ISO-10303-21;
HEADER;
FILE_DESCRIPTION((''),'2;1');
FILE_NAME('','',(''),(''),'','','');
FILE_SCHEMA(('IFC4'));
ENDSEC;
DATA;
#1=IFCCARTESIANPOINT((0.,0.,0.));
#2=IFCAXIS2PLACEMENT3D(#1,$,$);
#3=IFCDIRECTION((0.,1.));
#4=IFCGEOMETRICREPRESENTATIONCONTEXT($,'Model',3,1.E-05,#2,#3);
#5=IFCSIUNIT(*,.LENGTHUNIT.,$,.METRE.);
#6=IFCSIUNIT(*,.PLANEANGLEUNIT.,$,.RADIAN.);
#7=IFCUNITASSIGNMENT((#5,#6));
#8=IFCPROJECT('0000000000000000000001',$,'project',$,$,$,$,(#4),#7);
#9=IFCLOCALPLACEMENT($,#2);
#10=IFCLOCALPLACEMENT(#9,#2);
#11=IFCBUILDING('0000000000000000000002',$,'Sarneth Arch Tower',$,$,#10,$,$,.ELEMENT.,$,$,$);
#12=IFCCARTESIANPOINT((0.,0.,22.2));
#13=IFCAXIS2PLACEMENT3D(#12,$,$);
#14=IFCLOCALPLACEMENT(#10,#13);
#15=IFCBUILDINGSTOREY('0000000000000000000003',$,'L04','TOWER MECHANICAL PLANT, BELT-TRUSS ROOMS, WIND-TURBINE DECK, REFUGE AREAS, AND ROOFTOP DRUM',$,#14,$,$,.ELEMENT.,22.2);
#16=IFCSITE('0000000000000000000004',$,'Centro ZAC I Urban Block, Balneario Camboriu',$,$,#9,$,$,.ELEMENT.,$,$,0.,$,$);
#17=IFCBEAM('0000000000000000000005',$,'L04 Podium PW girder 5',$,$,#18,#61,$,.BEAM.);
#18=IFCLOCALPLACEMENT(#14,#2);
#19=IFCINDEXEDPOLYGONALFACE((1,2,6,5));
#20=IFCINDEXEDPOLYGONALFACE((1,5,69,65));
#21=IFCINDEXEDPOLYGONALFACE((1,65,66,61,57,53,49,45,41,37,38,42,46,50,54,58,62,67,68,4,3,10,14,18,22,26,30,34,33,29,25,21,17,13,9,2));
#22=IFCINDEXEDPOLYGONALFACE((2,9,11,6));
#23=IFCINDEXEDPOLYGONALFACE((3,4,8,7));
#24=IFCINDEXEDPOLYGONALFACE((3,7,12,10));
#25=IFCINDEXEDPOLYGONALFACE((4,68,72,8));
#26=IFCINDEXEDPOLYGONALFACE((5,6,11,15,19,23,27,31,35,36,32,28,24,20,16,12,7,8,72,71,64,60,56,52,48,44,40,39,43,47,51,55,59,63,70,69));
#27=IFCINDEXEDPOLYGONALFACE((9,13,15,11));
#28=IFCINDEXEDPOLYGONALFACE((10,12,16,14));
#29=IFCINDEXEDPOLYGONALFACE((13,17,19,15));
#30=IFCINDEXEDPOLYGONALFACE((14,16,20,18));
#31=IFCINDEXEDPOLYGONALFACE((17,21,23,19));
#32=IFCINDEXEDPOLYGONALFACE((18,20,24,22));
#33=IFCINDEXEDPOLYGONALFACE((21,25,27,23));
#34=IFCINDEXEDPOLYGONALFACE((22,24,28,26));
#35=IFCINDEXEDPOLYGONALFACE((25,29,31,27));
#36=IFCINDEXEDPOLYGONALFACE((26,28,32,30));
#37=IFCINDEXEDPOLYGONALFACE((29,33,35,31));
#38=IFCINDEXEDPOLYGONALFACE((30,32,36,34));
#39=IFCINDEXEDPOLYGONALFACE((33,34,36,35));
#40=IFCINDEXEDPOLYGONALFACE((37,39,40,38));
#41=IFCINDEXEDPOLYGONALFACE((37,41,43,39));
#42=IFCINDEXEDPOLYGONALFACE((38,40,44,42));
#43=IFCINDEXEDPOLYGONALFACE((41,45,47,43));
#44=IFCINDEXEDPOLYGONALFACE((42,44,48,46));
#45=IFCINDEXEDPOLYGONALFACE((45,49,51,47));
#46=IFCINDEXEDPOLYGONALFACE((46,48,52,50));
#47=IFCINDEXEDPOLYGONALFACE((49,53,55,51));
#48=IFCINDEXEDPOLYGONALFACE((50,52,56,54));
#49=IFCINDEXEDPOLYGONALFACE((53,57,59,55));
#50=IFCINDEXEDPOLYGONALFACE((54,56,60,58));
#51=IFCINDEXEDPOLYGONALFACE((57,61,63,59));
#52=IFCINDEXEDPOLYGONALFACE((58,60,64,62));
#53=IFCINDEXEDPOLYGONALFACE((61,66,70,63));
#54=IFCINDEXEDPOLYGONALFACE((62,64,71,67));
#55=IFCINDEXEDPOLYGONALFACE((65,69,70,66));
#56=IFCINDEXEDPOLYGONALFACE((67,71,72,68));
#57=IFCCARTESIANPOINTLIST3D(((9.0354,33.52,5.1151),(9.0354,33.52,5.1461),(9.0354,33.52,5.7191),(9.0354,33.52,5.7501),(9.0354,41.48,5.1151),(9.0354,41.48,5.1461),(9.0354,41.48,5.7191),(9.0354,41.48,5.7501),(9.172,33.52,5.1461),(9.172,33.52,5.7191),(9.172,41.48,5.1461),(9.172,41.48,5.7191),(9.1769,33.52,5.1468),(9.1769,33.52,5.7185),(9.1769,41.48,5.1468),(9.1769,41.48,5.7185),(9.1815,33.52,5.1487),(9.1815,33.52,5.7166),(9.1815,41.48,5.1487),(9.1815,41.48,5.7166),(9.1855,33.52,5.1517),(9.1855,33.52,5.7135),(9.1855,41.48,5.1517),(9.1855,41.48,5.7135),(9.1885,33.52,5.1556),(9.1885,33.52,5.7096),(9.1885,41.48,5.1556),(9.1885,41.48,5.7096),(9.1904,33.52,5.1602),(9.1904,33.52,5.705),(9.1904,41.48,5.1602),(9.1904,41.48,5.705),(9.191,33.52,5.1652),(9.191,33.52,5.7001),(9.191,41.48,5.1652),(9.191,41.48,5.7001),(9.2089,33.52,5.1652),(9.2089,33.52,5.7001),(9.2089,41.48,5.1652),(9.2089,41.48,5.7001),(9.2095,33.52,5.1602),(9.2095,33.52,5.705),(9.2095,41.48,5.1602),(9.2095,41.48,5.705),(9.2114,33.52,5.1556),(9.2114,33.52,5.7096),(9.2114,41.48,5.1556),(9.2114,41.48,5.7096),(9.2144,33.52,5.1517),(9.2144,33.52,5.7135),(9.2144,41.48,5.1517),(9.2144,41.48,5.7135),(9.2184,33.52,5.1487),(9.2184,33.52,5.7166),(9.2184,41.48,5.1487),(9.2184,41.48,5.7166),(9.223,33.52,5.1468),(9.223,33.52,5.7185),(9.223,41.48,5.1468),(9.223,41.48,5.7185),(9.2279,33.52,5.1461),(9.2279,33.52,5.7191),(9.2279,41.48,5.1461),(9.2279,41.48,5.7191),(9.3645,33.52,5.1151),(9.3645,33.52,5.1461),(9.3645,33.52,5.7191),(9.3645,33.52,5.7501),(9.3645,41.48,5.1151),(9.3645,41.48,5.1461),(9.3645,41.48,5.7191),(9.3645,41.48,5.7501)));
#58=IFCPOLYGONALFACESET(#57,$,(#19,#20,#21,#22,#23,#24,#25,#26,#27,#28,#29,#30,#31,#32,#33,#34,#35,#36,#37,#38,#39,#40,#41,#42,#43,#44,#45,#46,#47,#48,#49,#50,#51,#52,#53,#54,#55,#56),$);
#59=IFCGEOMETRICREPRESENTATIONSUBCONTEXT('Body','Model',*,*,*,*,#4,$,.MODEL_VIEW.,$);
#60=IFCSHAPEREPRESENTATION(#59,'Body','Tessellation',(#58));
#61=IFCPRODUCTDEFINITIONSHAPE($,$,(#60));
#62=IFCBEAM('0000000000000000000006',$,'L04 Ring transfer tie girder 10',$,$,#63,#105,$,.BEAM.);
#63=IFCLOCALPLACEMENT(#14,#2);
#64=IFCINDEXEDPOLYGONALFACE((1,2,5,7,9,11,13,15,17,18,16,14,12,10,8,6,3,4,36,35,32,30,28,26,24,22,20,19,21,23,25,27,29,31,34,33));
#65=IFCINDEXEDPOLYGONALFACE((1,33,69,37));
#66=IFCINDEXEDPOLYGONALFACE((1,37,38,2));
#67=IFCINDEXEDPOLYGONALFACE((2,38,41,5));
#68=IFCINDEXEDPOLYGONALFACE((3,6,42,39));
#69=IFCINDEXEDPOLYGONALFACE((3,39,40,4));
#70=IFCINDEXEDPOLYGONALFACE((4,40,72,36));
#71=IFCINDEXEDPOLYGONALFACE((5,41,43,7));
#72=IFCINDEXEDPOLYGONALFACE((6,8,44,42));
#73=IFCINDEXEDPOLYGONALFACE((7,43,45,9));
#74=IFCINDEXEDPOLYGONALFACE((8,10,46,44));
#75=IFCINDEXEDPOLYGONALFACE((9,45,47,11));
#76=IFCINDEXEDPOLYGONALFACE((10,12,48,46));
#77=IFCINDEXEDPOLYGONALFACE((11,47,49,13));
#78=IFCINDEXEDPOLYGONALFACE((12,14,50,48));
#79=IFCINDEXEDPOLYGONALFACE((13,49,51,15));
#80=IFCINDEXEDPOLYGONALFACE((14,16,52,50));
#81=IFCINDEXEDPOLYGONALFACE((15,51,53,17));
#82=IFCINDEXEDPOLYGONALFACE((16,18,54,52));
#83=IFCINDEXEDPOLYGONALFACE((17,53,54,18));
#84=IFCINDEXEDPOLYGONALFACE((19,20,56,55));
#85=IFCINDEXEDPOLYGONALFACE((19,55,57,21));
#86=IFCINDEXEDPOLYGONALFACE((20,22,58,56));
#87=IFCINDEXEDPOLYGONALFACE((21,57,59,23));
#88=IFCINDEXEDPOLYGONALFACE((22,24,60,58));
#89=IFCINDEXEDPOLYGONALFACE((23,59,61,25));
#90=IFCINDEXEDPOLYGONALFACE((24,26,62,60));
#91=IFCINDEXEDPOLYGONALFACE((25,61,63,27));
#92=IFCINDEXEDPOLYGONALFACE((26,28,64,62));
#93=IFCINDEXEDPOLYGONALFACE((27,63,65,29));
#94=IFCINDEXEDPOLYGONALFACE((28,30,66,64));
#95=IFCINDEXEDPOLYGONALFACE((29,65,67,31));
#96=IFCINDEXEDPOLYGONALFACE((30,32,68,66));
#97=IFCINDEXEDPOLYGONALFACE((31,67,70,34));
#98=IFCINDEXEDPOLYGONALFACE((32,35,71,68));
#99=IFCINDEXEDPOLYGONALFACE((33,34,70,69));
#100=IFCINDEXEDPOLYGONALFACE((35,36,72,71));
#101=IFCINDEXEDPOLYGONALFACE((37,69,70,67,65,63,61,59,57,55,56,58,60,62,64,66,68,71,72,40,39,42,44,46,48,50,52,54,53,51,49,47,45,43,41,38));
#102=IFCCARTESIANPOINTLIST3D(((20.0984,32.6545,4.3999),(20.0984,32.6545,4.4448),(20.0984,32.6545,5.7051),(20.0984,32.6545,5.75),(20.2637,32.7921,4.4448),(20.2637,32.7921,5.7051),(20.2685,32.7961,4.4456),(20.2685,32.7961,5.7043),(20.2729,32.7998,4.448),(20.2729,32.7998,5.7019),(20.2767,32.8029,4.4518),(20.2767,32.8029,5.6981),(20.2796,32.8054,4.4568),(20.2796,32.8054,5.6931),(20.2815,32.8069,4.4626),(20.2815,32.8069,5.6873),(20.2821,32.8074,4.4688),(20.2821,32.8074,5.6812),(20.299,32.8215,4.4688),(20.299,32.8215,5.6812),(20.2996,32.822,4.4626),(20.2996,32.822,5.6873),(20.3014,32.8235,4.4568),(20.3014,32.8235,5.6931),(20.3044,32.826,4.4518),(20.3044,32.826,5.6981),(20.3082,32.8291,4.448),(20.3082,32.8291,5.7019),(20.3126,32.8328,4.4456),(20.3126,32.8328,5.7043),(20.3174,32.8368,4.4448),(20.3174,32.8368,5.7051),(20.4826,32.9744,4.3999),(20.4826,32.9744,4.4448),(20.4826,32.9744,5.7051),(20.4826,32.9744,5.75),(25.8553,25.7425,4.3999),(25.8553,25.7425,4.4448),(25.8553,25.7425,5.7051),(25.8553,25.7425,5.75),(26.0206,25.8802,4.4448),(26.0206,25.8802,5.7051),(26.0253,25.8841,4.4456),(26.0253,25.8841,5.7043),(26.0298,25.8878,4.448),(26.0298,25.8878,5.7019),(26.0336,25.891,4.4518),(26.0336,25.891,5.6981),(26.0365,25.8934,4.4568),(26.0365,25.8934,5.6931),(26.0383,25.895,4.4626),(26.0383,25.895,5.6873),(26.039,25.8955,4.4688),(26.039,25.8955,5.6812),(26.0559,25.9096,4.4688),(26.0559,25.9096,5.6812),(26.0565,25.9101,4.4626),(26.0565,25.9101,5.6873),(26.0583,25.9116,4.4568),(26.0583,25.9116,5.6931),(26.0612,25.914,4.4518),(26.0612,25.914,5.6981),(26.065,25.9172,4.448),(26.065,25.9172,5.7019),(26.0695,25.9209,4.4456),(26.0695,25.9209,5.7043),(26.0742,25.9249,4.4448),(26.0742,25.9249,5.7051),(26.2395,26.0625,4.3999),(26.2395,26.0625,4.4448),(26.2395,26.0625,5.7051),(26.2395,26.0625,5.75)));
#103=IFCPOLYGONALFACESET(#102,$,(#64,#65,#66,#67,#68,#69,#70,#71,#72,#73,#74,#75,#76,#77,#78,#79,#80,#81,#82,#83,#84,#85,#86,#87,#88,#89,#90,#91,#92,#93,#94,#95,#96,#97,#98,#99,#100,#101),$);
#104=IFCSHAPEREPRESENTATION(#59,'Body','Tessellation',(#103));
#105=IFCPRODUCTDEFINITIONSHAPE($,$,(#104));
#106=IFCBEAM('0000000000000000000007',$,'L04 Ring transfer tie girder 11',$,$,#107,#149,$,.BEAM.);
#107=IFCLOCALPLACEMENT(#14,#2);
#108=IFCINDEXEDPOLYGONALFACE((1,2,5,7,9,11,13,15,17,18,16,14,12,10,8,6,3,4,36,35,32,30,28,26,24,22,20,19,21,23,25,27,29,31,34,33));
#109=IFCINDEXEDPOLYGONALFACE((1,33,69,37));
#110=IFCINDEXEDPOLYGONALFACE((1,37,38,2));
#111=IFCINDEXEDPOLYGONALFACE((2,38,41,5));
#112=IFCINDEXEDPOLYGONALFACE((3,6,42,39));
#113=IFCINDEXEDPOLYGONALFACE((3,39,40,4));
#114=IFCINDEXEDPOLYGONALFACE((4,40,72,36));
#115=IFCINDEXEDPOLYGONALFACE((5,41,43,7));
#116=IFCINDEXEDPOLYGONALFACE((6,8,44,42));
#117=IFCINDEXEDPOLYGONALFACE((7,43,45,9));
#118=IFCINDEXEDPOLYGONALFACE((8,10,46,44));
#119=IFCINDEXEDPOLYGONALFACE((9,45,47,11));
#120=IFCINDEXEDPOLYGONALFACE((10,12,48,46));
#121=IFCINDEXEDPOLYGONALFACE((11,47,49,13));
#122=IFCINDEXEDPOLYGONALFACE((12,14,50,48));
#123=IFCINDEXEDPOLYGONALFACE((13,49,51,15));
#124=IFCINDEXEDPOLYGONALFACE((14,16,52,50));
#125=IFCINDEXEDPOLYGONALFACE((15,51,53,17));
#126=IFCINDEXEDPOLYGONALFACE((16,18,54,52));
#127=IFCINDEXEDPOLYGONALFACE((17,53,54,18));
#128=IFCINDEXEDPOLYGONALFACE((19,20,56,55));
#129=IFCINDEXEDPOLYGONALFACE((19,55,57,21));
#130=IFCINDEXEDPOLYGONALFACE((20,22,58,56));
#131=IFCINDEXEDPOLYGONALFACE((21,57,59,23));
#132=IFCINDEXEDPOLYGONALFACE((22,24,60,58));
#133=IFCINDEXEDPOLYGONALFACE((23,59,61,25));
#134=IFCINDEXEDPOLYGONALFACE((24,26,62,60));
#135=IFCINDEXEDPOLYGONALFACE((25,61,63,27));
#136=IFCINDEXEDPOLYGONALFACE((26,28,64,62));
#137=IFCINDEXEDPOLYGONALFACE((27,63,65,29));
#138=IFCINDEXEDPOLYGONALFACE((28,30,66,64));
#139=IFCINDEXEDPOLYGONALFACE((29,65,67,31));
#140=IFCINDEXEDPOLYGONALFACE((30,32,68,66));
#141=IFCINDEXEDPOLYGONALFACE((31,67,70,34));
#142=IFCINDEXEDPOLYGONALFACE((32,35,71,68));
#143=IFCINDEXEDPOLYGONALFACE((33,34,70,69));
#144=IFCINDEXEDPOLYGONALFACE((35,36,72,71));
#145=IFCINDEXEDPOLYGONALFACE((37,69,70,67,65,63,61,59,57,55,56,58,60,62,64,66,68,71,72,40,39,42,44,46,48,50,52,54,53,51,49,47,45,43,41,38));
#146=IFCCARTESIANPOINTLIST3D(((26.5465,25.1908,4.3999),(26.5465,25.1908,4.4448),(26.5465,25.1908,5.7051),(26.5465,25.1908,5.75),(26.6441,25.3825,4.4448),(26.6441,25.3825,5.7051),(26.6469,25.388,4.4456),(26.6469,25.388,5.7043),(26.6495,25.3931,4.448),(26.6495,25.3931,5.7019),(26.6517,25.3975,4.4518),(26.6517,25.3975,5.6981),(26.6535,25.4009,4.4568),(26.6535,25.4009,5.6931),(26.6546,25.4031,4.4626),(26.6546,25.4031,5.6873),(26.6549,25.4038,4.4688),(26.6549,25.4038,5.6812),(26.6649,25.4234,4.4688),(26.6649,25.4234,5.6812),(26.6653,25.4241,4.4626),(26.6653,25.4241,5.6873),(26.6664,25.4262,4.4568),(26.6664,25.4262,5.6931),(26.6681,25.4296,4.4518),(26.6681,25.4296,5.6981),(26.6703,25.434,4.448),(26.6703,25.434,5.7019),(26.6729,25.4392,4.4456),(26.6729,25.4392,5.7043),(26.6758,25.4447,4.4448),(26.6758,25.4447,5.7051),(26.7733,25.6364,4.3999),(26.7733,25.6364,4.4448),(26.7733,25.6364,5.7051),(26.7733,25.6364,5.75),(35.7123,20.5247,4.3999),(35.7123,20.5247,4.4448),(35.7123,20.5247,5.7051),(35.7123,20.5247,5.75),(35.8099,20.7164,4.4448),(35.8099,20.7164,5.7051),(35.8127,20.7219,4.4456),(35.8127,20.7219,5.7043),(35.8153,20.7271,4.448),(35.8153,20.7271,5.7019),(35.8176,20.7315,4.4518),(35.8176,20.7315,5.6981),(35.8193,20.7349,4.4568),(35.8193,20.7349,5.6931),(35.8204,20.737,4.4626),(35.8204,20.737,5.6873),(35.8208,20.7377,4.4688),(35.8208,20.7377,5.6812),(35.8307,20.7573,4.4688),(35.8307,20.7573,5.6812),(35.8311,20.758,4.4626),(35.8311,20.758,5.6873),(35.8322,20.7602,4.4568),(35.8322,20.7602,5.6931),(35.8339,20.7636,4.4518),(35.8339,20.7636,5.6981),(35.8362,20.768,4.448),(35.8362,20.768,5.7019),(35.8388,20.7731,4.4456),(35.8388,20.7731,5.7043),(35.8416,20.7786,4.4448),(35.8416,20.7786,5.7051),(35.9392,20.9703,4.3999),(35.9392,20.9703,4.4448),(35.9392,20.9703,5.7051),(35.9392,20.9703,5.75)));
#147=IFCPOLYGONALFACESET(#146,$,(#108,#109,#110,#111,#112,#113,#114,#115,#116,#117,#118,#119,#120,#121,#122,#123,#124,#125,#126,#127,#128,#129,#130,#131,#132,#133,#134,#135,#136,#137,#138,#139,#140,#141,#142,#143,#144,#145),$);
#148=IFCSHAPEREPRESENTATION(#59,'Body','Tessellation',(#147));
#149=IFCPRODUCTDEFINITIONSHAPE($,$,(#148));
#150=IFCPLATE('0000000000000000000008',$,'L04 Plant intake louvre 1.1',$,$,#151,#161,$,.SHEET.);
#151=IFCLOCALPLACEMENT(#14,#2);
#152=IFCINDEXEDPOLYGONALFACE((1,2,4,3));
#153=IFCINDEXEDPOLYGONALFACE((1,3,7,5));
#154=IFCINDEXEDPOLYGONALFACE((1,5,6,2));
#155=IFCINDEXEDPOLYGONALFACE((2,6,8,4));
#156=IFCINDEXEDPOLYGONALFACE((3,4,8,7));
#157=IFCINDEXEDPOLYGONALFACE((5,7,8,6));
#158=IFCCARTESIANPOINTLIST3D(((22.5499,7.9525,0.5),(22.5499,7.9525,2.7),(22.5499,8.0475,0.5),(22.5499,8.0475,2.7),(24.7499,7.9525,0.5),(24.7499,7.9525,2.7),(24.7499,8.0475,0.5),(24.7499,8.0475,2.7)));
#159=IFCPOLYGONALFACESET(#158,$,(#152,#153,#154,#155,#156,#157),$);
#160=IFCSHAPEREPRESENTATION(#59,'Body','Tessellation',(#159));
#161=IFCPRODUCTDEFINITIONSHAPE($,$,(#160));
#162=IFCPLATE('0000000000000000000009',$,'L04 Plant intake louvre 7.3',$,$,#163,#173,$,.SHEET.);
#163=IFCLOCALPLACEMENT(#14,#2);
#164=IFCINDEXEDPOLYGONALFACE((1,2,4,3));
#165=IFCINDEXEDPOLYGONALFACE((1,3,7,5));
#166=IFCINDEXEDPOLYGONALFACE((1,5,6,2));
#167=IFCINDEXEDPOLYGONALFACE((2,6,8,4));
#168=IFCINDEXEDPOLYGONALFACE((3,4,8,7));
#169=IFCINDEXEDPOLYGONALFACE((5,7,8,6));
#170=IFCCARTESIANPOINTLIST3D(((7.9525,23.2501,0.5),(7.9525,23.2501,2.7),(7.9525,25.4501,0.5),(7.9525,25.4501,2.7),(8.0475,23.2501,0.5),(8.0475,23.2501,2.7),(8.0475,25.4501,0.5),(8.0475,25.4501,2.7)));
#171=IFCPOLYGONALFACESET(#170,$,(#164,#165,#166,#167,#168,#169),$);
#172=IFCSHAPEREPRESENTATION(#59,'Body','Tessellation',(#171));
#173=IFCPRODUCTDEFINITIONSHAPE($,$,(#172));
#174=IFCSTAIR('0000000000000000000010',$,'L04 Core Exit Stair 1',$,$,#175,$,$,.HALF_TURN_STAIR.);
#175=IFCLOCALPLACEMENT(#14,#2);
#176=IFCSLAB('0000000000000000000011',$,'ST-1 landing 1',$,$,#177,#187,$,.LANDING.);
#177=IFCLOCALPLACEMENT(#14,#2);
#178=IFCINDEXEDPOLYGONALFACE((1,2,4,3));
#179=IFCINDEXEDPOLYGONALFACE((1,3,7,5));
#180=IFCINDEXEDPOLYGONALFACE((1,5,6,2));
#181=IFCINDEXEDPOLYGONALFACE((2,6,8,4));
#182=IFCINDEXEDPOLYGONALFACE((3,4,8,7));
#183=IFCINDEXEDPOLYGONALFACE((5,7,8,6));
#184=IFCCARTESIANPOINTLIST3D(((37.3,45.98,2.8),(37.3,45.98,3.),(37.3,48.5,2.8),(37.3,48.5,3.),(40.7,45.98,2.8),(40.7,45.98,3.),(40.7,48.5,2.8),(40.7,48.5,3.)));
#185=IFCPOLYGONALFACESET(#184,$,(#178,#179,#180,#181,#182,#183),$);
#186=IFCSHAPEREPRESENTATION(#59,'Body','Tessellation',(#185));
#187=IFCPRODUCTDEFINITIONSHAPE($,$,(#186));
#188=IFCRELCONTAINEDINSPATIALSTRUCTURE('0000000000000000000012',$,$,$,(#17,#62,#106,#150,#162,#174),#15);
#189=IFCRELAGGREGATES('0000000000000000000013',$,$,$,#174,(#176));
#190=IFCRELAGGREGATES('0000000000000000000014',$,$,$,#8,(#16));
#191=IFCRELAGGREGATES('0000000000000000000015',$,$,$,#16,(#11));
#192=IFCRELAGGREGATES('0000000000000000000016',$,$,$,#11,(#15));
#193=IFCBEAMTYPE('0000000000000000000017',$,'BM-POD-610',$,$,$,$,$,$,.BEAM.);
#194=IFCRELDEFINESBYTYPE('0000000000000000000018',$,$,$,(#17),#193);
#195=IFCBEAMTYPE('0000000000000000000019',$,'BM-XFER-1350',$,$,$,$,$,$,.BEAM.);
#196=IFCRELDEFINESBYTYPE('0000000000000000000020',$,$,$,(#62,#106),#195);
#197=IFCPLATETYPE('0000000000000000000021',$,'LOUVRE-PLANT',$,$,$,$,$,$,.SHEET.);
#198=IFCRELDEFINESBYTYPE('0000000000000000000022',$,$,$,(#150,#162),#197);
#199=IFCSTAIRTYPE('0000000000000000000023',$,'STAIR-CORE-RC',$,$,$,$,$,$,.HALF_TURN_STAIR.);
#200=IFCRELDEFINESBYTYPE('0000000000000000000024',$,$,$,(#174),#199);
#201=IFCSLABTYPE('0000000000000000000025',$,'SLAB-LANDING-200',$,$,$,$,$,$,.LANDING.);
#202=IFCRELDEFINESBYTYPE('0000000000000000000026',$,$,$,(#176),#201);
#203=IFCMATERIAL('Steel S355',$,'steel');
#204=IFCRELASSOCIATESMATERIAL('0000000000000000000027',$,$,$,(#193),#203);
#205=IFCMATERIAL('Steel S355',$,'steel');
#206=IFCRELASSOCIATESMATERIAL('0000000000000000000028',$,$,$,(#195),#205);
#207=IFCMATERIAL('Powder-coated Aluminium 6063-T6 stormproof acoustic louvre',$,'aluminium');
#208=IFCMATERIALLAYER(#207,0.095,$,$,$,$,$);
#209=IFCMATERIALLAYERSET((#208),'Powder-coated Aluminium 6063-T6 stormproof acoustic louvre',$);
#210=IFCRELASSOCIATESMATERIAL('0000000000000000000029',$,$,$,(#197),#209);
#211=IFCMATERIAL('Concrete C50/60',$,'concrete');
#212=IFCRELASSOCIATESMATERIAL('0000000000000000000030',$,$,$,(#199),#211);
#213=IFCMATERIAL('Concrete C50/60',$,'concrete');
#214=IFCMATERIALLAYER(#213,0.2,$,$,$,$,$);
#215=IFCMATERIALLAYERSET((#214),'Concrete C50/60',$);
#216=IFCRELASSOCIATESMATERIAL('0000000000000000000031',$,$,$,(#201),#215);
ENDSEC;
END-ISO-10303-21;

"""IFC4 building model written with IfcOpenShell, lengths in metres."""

from ifc_helpers import new_model, si_unit, direction, frame, origin, origin_2d, place, context, subcontext, project, spatial, polyline, rectangle, i_section, outline, extrude, material, layer, layer_set, material_profile, profile_set, type_object, element, aggregate, save


model = new_model("IFC4")

# Units and contexts
model_context = context("Model", 3, precision=1e-05, world=origin(), true_north=direction((0.0, 1.0)))
body_context = subcontext(model_context, "Body", "Model", "MODEL_VIEW")
ifc_project = project(units=[si_unit("LENGTHUNIT", "METRE"), si_unit("PLANEANGLEUNIT", "RADIAN")], contexts=[model_context])

# Site, building, storey
site_placement = place(None, origin())
site = spatial("IfcSite", under=ifc_project, at=site_placement, Name="Centro ZAC I Urban Block, Balneario Camboriu", CompositionType="ELEMENT", RefElevation=0.0)
building_placement = place(site_placement, origin())
building = spatial("IfcBuilding", under=site, at=building_placement, Name="Sarneth Arch Tower", CompositionType="ELEMENT")
storey_placement = place(building_placement, frame((0.0, 0.0, 22.2)))
storey = spatial("IfcBuildingStorey", under=building, at=storey_placement, Name="L04", Description="TOWER MECHANICAL PLANT, BELT-TRUSS ROOMS, WIND-TURBINE DECK, REFUGE AREAS, AND ROOFTOP DRUM", CompositionType="ELEMENT", Elevation=22.2)

# Beams
ifc_material_1 = material(Name="Steel S355", Category="steel")
ifc_material_profile_1 = material_profile(ifc_material_1, i_section(OverallWidth=0.3291, OverallDepth=0.635, WebThickness=0.0178, FlangeThickness=0.031, FilletRadius=0.019, at=origin_2d()), Name="W610x241")
ifc_profile_set_1 = profile_set([ifc_material_profile_1], Name="Steel S355")
beam_type_1 = type_object("IfcBeamType", Name="BM-POD-610", PredefinedType="BEAM", material=ifc_profile_set_1)
beam_1_placement = place(storey_placement, frame((9.2, 33.52, 5.4326), z_axis=(0.0, 1.0, 0.0), x_axis=(-1.0, 0.0, 0.0)))
element("IfcBeam", 1, at=beam_1_placement, inside=storey, type_object=beam_type_1, Name="L04 Podium PW girder 5", PredefinedType="BEAM", context=body_context, shape_type="SweptSolid", body=[
    extrude(i_section(OverallWidth=0.3291, OverallDepth=0.635, WebThickness=0.0178, FlangeThickness=0.031, FilletRadius=0.019, at=origin_2d()), origin(), (0.0, 0.0, 1.0), 7.96),
])
ifc_material_2 = material(Name="Steel S355", Category="steel")
ifc_material_profile_2 = material_profile(ifc_material_2, i_section(OverallWidth=0.5, OverallDepth=1.3501, WebThickness=0.022, FlangeThickness=0.0449, FilletRadius=0.0239, at=origin_2d()), Name="CVS1350x595")
ifc_profile_set_2 = profile_set([ifc_material_profile_2], Name="Steel S355")
beam_type_2 = type_object("IfcBeamType", Name="BM-XFER-1350", PredefinedType="BEAM", material=ifc_profile_set_2)
beam_2_placement = place(storey_placement, frame((20.2905, 32.8145, 5.075), z_axis=(0.639984, -0.768388, 0.0), x_axis=(0.768388, 0.639984, 0.0)))
element("IfcBeam", 2, at=beam_2_placement, inside=storey, type_object=beam_type_2, Name="L04 Ring transfer tie girder 10", PredefinedType="BEAM", context=body_context, shape_type="SweptSolid", body=[
    extrude(i_section(OverallWidth=0.5, OverallDepth=1.3501, WebThickness=0.022, FlangeThickness=0.0449, FilletRadius=0.0239, at=origin_2d()), origin(), (0.0, 0.0, 1.0), 8.9954),
])
beam_3_placement = place(storey_placement, frame((26.6599, 25.4136, 5.075), z_axis=(0.891171, -0.453668, 0.0), x_axis=(0.453668, 0.891171, 0.0)))
element("IfcBeam", 3, at=beam_3_placement, inside=storey, type_object=beam_type_2, Name="L04 Ring transfer tie girder 11", PredefinedType="BEAM", context=body_context, shape_type="SweptSolid", body=[
    extrude(i_section(OverallWidth=0.5, OverallDepth=1.3501, WebThickness=0.022, FlangeThickness=0.0449, FilletRadius=0.0239, at=origin_2d()), origin(), (0.0, 0.0, 1.0), 10.2852),
])

# Plates
ifc_material_3 = material(Name="Powder-coated Aluminium 6063-T6 stormproof acoustic louvre", Category="aluminium")
ifc_layer_1 = layer(ifc_material_3, 0.095)
ifc_layer_set_1 = layer_set([ifc_layer_1], Name="Powder-coated Aluminium 6063-T6 stormproof acoustic louvre")
plate_type = type_object("IfcPlateType", Name="LOUVRE-PLANT", PredefinedType="SHEET", material=ifc_layer_set_1)
for number, where, z_axis, x_axis, name in (
    (4, (23.6499, 8.0, 0.5), (0.0, 0.0, 1.0), (1.0, 0.0, 0.0), "L04 Plant intake louvre 1.1"),
    (5, (8.0, 24.3501, 0.5), (0.0, 0.0, 1.0), (0.0, -1.0, 0.0), "L04 Plant intake louvre 7.3"),
):
    element("IfcPlate", number, at=place(storey_placement, frame(where, z_axis=z_axis, x_axis=x_axis)), inside=storey, type_object=plate_type, Name=name, PredefinedType="SHEET", context=body_context, shape_type="SweptSolid", body=[
        extrude(rectangle(XDim=2.2, YDim=0.095, at=origin_2d()), origin(), (0.0, 0.0, 1.0), 2.2),
    ])

# Stair, slab
ifc_material_4 = material(Name="Concrete C50/60", Category="concrete")
stair_type = type_object("IfcStairType", Name="STAIR-CORE-RC", PredefinedType="HALF_TURN_STAIR", material=ifc_material_4)
stair_1_placement = place(storey_placement, origin())
stair_1 = element("IfcStair", 6, at=stair_1_placement, inside=storey, type_object=stair_type, Name="L04 Core Exit Stair 1", PredefinedType="HALF_TURN_STAIR")
ifc_material_5 = material(Name="Concrete C50/60", Category="concrete")
ifc_layer_2 = layer(ifc_material_5, 0.2)
ifc_layer_set_2 = layer_set([ifc_layer_2], Name="Concrete C50/60")
slab_type_1 = type_object("IfcSlabType", Name="SLAB-LANDING-200", PredefinedType="LANDING", material=ifc_layer_set_2)
slab_1_placement = place(storey_placement, frame((0.0, 0.0, 2.8)))
slab_1 = element("IfcSlab", 7, at=slab_1_placement, type_object=slab_type_1, Name="ST-1 landing 1", PredefinedType="LANDING", context=body_context, shape_type="SweptSolid", body=[
    extrude(outline(polyline([(37.3, 45.98), (40.7, 45.98), (40.7, 48.5), (37.3, 48.5), (37.3, 45.98)])), origin(), (0.0, 0.0, 1.0), 0.2),
])
aggregate(stair_1, [slab_1])

save(model, "model.ifc")
